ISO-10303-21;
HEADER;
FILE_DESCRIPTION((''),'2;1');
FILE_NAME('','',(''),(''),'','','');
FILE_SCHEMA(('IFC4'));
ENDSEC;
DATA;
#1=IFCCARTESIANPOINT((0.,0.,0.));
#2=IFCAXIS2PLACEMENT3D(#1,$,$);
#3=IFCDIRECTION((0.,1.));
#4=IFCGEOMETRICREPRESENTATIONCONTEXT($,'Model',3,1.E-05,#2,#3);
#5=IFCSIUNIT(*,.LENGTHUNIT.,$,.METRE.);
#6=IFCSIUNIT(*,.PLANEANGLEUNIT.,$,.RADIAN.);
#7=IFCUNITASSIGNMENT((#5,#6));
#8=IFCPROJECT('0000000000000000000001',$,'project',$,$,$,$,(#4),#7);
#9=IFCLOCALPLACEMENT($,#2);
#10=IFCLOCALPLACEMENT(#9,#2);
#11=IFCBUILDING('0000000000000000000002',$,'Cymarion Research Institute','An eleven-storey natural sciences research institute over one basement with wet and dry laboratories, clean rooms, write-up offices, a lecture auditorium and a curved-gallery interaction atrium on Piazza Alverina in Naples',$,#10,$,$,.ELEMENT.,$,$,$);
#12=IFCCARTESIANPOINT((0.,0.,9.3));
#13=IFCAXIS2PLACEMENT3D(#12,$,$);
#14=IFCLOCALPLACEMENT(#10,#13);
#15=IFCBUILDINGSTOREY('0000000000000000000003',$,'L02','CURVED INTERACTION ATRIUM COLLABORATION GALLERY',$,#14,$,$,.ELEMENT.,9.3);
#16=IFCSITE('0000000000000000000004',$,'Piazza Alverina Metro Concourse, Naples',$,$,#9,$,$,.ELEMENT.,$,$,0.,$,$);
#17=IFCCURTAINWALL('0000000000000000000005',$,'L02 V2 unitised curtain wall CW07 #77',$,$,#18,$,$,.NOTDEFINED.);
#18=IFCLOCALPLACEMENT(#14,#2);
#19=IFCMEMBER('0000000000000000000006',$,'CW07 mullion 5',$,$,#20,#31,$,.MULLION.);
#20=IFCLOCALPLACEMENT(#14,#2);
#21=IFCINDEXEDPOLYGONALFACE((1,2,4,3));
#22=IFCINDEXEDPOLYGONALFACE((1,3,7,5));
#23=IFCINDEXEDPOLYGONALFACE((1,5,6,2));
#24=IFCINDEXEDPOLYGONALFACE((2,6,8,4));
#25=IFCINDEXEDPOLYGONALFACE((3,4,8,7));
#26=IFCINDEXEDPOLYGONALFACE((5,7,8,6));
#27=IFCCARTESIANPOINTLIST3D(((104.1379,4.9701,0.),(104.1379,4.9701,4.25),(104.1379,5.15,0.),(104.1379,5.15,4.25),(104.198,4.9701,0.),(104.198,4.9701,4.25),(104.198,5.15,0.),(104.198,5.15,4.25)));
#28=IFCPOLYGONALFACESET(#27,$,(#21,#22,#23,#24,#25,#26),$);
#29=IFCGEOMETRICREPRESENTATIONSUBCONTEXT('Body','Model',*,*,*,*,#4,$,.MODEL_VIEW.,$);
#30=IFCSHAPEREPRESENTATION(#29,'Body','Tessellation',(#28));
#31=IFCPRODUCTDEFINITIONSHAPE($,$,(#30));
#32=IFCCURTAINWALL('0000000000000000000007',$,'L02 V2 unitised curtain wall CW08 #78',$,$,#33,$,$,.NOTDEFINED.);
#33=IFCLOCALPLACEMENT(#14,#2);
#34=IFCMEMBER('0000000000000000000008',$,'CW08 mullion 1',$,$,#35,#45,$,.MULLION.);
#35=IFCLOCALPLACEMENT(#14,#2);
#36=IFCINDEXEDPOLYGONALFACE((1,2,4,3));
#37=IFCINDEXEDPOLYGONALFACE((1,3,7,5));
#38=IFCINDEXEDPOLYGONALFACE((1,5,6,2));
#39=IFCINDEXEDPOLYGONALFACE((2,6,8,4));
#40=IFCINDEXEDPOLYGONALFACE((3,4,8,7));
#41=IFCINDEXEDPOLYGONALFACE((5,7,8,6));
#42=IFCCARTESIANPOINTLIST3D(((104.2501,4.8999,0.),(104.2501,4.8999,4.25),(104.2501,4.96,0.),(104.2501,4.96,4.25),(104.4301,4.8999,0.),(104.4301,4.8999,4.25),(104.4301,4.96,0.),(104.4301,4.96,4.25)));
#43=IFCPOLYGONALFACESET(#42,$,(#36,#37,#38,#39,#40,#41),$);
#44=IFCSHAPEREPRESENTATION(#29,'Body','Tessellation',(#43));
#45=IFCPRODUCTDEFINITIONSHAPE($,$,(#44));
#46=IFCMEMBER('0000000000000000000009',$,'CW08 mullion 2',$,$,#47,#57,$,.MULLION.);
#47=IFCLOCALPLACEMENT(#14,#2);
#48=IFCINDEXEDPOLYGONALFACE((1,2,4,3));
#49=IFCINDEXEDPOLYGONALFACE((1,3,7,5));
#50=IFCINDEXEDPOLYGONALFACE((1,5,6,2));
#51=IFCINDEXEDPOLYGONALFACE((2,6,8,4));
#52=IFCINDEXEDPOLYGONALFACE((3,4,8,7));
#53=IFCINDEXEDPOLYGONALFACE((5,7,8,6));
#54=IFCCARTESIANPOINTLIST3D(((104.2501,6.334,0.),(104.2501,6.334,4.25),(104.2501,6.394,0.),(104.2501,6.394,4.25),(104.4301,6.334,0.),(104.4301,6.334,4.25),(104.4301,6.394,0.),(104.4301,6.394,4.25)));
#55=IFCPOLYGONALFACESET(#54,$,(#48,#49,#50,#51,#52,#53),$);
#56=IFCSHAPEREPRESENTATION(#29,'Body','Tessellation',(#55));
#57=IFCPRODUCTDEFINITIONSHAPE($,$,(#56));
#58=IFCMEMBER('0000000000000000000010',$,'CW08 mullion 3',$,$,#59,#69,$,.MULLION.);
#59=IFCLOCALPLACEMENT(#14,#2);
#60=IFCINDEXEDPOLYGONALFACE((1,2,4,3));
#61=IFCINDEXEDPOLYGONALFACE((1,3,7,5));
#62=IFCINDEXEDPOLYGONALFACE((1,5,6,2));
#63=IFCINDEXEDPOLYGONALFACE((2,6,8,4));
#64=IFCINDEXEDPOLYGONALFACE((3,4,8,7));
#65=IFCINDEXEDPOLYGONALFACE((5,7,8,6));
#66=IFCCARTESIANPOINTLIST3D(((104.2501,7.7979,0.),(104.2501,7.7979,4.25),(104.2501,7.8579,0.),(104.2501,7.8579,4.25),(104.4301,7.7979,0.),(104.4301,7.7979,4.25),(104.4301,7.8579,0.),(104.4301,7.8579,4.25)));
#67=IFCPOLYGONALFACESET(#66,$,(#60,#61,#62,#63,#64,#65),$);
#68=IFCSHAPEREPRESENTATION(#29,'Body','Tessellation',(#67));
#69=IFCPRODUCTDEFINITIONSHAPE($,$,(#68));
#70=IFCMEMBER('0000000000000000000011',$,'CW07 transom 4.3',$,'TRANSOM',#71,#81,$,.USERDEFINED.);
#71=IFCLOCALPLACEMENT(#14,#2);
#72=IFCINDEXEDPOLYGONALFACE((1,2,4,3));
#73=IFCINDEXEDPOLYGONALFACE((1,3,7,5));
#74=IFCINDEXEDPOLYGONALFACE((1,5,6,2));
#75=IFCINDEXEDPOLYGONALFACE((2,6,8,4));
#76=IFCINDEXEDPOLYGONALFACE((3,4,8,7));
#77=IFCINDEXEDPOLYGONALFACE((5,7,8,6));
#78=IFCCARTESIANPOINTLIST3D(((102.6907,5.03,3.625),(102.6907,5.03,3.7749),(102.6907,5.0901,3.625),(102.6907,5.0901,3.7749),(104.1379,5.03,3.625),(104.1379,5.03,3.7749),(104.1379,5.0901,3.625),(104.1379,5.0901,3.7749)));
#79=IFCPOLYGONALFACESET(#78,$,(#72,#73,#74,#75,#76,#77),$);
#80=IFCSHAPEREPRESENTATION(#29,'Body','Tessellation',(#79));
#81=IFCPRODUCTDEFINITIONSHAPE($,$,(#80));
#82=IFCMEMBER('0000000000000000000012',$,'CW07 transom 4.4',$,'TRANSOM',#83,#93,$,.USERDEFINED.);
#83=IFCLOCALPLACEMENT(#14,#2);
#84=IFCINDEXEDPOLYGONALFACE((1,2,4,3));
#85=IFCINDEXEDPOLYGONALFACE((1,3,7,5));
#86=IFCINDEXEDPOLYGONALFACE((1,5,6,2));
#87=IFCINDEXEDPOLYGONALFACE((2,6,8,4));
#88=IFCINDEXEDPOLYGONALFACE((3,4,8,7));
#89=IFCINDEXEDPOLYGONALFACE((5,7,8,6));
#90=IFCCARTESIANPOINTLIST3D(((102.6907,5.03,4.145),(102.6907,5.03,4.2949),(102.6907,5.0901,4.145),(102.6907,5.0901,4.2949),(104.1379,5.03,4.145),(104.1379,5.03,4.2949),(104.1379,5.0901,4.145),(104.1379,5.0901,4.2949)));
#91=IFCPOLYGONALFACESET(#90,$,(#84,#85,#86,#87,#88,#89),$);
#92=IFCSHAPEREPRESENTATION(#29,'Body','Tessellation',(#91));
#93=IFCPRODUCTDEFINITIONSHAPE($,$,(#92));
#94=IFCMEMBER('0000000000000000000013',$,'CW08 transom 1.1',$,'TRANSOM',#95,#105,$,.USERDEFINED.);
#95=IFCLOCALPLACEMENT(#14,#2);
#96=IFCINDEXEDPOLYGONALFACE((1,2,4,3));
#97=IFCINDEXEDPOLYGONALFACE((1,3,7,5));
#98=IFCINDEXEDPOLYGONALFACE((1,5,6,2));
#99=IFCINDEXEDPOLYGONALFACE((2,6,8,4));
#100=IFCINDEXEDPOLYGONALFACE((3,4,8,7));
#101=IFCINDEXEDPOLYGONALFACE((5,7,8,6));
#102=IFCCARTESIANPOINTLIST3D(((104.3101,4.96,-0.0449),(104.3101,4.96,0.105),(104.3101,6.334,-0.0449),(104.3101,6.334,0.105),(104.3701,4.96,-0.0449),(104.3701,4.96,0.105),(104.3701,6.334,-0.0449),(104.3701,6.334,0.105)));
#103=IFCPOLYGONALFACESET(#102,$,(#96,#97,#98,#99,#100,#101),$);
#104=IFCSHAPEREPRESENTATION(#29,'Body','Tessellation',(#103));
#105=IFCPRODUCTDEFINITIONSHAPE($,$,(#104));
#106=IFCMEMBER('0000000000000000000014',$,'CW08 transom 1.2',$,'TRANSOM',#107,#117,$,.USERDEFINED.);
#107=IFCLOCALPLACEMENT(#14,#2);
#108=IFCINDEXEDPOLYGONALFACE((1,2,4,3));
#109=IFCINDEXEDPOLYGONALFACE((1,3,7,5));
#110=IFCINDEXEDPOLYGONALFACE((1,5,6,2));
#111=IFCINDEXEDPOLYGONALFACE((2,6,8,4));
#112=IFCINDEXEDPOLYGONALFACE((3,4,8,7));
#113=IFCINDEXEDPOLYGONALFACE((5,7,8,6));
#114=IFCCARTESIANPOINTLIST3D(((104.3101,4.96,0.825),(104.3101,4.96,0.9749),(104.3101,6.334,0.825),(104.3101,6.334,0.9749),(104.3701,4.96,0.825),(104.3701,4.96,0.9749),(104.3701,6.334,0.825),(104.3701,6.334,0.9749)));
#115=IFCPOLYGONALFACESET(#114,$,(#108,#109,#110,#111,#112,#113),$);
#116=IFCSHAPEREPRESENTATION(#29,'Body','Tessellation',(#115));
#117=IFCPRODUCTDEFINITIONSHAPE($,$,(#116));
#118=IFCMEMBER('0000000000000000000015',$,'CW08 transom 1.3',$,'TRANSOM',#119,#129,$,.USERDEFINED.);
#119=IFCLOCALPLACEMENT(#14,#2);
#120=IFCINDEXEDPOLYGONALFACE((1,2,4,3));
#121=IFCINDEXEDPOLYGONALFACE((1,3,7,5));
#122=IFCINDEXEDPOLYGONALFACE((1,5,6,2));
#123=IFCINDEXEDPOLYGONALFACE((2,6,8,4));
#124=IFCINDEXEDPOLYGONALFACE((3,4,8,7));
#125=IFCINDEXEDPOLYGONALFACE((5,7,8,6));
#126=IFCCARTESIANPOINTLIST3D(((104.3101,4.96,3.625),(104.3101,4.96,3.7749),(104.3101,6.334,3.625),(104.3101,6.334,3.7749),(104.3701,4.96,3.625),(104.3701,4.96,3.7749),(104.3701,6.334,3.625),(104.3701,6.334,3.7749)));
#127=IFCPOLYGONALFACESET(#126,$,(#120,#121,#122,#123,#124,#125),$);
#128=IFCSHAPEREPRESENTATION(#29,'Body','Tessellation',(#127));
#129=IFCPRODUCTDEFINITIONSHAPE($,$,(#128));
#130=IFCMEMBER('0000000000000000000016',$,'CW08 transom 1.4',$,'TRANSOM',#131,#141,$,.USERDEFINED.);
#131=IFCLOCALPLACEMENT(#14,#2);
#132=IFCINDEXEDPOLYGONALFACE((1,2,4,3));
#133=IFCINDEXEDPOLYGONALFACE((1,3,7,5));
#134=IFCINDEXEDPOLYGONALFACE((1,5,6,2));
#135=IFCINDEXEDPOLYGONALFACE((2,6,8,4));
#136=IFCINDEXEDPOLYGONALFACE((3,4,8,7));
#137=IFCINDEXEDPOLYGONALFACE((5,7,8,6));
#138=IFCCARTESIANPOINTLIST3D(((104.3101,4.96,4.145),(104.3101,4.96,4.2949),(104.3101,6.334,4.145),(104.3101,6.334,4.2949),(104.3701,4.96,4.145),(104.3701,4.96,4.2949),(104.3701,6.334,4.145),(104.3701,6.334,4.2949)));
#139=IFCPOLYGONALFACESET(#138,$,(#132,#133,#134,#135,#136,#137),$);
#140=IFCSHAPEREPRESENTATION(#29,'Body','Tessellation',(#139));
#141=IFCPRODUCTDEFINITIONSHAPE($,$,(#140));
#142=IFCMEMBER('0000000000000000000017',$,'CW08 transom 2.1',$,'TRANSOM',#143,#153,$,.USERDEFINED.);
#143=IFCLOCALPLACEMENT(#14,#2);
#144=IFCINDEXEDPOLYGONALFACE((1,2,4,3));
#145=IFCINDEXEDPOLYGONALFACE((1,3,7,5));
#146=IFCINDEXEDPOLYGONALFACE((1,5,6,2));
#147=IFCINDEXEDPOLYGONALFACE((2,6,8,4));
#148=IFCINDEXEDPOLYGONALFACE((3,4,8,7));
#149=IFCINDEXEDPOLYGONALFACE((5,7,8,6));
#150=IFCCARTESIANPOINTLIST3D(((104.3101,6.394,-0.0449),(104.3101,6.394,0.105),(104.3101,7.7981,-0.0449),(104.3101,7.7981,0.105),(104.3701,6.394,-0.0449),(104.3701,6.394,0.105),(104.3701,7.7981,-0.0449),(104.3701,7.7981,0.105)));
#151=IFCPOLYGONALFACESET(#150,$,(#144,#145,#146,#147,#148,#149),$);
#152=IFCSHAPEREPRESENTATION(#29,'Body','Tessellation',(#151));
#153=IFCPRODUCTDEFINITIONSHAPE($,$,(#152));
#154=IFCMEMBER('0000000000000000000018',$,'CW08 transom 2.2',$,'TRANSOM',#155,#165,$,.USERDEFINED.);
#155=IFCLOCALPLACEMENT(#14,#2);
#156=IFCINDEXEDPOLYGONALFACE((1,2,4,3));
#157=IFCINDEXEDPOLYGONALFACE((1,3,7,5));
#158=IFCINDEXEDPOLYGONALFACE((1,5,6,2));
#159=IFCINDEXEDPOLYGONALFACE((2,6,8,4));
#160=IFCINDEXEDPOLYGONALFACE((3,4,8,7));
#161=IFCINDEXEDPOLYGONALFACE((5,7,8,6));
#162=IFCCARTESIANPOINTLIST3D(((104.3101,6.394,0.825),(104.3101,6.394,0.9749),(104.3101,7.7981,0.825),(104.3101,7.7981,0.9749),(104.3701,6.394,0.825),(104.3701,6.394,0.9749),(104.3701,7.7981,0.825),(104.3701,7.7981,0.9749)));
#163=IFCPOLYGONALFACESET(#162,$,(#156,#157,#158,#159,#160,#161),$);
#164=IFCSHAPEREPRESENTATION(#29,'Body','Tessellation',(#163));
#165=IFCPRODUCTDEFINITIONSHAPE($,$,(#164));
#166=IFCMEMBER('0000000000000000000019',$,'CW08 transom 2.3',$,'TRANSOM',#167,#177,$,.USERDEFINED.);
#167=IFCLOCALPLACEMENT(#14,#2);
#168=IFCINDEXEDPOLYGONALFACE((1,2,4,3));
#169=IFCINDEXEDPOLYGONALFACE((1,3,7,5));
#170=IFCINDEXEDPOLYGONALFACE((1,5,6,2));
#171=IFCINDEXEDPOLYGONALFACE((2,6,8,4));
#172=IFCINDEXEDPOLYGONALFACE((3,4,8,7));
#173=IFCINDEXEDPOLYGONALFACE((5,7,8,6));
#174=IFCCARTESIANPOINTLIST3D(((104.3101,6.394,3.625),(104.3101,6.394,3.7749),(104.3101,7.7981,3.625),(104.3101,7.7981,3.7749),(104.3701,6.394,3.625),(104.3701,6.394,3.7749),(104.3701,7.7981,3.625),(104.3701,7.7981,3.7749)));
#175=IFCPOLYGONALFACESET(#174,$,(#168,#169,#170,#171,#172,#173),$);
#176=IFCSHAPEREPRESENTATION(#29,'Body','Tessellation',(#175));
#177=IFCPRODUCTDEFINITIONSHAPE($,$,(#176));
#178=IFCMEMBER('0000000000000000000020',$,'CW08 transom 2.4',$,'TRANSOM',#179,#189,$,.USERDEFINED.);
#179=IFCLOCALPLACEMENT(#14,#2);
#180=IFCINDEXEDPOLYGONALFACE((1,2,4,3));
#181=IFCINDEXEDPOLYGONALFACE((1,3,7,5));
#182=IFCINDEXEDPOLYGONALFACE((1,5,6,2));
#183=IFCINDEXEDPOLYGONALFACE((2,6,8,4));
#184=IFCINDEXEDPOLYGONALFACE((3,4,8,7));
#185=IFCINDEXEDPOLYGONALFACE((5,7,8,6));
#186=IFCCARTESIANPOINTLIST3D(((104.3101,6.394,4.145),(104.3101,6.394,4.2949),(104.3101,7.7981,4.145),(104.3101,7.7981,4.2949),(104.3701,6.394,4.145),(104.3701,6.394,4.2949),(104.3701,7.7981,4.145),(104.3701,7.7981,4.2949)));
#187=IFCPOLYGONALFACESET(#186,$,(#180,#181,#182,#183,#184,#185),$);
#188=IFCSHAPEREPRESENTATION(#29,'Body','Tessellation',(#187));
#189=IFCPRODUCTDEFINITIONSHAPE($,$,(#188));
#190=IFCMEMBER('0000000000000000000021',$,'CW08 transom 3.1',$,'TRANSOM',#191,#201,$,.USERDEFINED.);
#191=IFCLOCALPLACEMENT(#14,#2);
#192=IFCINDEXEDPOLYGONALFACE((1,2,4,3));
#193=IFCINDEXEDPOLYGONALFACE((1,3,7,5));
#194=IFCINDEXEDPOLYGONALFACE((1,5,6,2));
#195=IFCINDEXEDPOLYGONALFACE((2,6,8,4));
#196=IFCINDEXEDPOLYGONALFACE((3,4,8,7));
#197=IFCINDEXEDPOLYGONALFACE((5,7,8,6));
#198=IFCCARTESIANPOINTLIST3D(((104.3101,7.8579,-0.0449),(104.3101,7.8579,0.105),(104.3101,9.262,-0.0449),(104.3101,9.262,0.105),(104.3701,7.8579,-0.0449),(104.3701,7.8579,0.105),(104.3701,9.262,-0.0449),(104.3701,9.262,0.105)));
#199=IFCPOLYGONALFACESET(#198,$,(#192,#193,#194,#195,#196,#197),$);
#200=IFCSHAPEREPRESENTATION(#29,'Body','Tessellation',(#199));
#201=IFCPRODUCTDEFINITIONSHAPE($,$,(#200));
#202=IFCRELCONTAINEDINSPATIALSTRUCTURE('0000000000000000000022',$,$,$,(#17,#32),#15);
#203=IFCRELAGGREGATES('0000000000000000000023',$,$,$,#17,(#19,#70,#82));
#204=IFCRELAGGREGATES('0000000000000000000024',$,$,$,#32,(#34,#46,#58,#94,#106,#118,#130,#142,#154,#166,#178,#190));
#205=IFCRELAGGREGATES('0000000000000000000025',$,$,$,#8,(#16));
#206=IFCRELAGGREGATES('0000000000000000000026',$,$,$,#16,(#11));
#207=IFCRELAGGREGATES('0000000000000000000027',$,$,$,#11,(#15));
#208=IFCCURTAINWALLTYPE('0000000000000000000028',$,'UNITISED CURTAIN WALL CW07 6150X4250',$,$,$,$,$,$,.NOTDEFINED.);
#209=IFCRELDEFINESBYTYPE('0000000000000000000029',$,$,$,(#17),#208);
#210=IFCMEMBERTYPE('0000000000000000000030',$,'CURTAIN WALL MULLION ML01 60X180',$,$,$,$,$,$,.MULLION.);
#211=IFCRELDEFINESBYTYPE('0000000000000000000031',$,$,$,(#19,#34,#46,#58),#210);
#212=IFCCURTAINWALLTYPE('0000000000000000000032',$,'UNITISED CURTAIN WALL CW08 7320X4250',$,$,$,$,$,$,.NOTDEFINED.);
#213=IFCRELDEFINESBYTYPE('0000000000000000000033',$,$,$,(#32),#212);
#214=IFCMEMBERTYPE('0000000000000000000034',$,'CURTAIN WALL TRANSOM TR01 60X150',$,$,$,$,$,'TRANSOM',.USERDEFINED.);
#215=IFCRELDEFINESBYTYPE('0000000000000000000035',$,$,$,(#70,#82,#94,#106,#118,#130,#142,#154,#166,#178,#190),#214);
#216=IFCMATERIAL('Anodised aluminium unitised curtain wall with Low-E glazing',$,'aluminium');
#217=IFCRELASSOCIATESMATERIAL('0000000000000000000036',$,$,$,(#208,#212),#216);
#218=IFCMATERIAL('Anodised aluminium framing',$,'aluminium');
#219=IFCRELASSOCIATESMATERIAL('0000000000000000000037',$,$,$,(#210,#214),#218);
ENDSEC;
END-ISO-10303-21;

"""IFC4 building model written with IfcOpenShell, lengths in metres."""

from ifc_helpers import new_model, si_unit, direction, frame, origin, origin_2d, place, context, subcontext, project, spatial, rectangle, extrude, material, material_profile, profile_set, type_object, element, aggregate, save


model = new_model("IFC4")

# Units and contexts
model_context = context("Model", 3, precision=1e-05, world=origin(), true_north=direction((0.0, 1.0)))
body_context = subcontext(model_context, "Body", "Model", "MODEL_VIEW")
ifc_project = project(units=[si_unit("LENGTHUNIT", "METRE"), si_unit("PLANEANGLEUNIT", "RADIAN")], contexts=[model_context])

# Site, building, storey
site_placement = place(None, origin())
site = spatial("IfcSite", under=ifc_project, at=site_placement, Name="Piazza Alverina Metro Concourse, Naples", CompositionType="ELEMENT", RefElevation=0.0)
building_placement = place(site_placement, origin())
building = spatial("IfcBuilding", under=site, at=building_placement, Name="Cymarion Research Institute", Description="An eleven-storey natural sciences research institute over one basement with wet and dry laboratories, clean rooms, write-up offices, a lecture auditorium and a curved-gallery interaction atrium on Piazza Alverina in Naples", CompositionType="ELEMENT")
storey_placement = place(building_placement, frame((0.0, 0.0, 9.3)))
storey = spatial("IfcBuildingStorey", under=building, at=storey_placement, Name="L02", Description="CURVED INTERACTION ATRIUM COLLABORATION GALLERY", CompositionType="ELEMENT", Elevation=9.3)

# Curtain wall, member
ifc_material_1 = material(Name="Anodised aluminium unitised curtain wall with Low-E glazing", Category="aluminium")
curtain_wall_type_1 = type_object("IfcCurtainWallType", Name="UNITISED CURTAIN WALL CW07 6150X4250", PredefinedType="NOTDEFINED", material=ifc_material_1)
curtain_wall_1_placement = place(storey_placement, origin())
curtain_wall_1 = element("IfcCurtainWall", 1, at=curtain_wall_1_placement, inside=storey, type_object=curtain_wall_type_1, Name="L02 V2 unitised curtain wall CW07 #77", PredefinedType="NOTDEFINED")
ifc_material_2 = material(Name="Anodised aluminium framing", Category="aluminium")
ifc_material_profile_1 = material_profile(ifc_material_2, rectangle(XDim=0.0601, YDim=0.1799, at=origin_2d()), Name="ALU MULLION 60x180")
ifc_profile_set_1 = profile_set([ifc_material_profile_1], Name="Anodised aluminium framing")
member_type_1 = type_object("IfcMemberType", Name="CURTAIN WALL MULLION ML01 60X180", PredefinedType="MULLION", material=ifc_profile_set_1)
member_1_placement = place(storey_placement, frame((104.168, 5.0601, 0.0), z_axis=(0.0, 0.0, 1.0), x_axis=(1.0, 0.0, 0.0)))
member_1 = element("IfcMember", 2, at=member_1_placement, type_object=member_type_1, Name="CW07 mullion 5", PredefinedType="MULLION", context=body_context, shape_type="SweptSolid", body=[
    extrude(rectangle(XDim=0.0601, YDim=0.1799, at=origin_2d()), origin(), (0.0, 0.0, 1.0), 4.25),
])

# Curtain wall, members
curtain_wall_type_2 = type_object("IfcCurtainWallType", Name="UNITISED CURTAIN WALL CW08 7320X4250", PredefinedType="NOTDEFINED", material=ifc_material_1)
curtain_wall_2_placement = place(storey_placement, origin())
curtain_wall_2 = element("IfcCurtainWall", 3, at=curtain_wall_2_placement, inside=storey, type_object=curtain_wall_type_2, Name="L02 V2 unitised curtain wall CW08 #78", PredefinedType="NOTDEFINED")
member_2_placement = place(storey_placement, frame((104.3401, 4.9299, 0.0), z_axis=(0.0, 0.0, 1.0), x_axis=(0.0, 1.0, 0.0)))
member_2 = element("IfcMember", 4, at=member_2_placement, type_object=member_type_1, Name="CW08 mullion 1", PredefinedType="MULLION", context=body_context, shape_type="SweptSolid", body=[
    extrude(rectangle(XDim=0.0601, YDim=0.1799, at=origin_2d()), origin(), (0.0, 0.0, 1.0), 4.25),
])
member_3_placement = place(storey_placement, frame((104.3401, 6.364, 0.0), z_axis=(0.0, 0.0, 1.0), x_axis=(0.0, 1.0, 0.0)))
member_3 = element("IfcMember", 5, at=member_3_placement, type_object=member_type_1, Name="CW08 mullion 2", PredefinedType="MULLION", context=body_context, shape_type="SweptSolid", body=[
    extrude(rectangle(XDim=0.0601, YDim=0.1799, at=origin_2d()), origin(), (0.0, 0.0, 1.0), 4.25),
])
member_4_placement = place(storey_placement, frame((104.3401, 7.8279, 0.0), z_axis=(0.0, 0.0, 1.0), x_axis=(0.0, 1.0, 0.0)))
member_4 = element("IfcMember", 6, at=member_4_placement, type_object=member_type_1, Name="CW08 mullion 3", PredefinedType="MULLION", context=body_context, shape_type="SweptSolid", body=[
    extrude(rectangle(XDim=0.0601, YDim=0.1799, at=origin_2d()), origin(), (0.0, 0.0, 1.0), 4.25),
])

# Members
ifc_material_profile_2 = material_profile(ifc_material_2, rectangle(XDim=0.0601, YDim=0.1499, at=origin_2d()), Name="ALU TRANSOM 60x150")
ifc_profile_set_2 = profile_set([ifc_material_profile_2], Name="Anodised aluminium framing")
member_type_2 = type_object("IfcMemberType", Name="CURTAIN WALL TRANSOM TR01 60X150", ElementType="TRANSOM", PredefinedType="USERDEFINED", material=ifc_profile_set_2)
member_5_placement = place(storey_placement, frame((102.6907, 5.0601, 3.7), z_axis=(1.0, 0.0, 0.0), x_axis=(0.0, 1.0, 0.0)))
member_5 = element("IfcMember", 7, at=member_5_placement, type_object=member_type_2, Name="CW07 transom 4.3", ObjectType="TRANSOM", PredefinedType="USERDEFINED", context=body_context, shape_type="SweptSolid", body=[
    extrude(rectangle(XDim=0.0601, YDim=0.1499, at=origin_2d()), origin(), (0.0, 0.0, 1.0), 1.4473),
])
member_6_placement = place(storey_placement, frame((102.6907, 5.0601, 4.22), z_axis=(1.0, 0.0, 0.0), x_axis=(0.0, 1.0, 0.0)))
member_6 = element("IfcMember", 8, at=member_6_placement, type_object=member_type_2, Name="CW07 transom 4.4", ObjectType="TRANSOM", PredefinedType="USERDEFINED", context=body_context, shape_type="SweptSolid", body=[
    extrude(rectangle(XDim=0.0601, YDim=0.1499, at=origin_2d()), origin(), (0.0, 0.0, 1.0), 1.4473),
])
member_7_placement = place(storey_placement, frame((104.3401, 4.96, 0.03), z_axis=(0.0, 1.0, 0.0), x_axis=(-1.0, 0.0, 0.0)))
member_7 = element("IfcMember", 9, at=member_7_placement, type_object=member_type_2, Name="CW08 transom 1.1", ObjectType="TRANSOM", PredefinedType="USERDEFINED", context=body_context, shape_type="SweptSolid", body=[
    extrude(rectangle(XDim=0.0601, YDim=0.1499, at=origin_2d()), origin(), (0.0, 0.0, 1.0), 1.374),
])
member_8_placement = place(storey_placement, frame((104.3401, 4.96, 0.8999), z_axis=(0.0, 1.0, 0.0), x_axis=(-1.0, 0.0, 0.0)))
member_8 = element("IfcMember", 10, at=member_8_placement, type_object=member_type_2, Name="CW08 transom 1.2", ObjectType="TRANSOM", PredefinedType="USERDEFINED", context=body_context, shape_type="SweptSolid", body=[
    extrude(rectangle(XDim=0.0601, YDim=0.1499, at=origin_2d()), origin(), (0.0, 0.0, 1.0), 1.374),
])
member_9_placement = place(storey_placement, frame((104.3401, 4.96, 3.7), z_axis=(0.0, 1.0, 0.0), x_axis=(-1.0, 0.0, 0.0)))
member_9 = element("IfcMember", 11, at=member_9_placement, type_object=member_type_2, Name="CW08 transom 1.3", ObjectType="TRANSOM", PredefinedType="USERDEFINED", context=body_context, shape_type="SweptSolid", body=[
    extrude(rectangle(XDim=0.0601, YDim=0.1499, at=origin_2d()), origin(), (0.0, 0.0, 1.0), 1.374),
])
member_10_placement = place(storey_placement, frame((104.3401, 4.96, 4.22), z_axis=(0.0, 1.0, 0.0), x_axis=(-1.0, 0.0, 0.0)))
member_10 = element("IfcMember", 12, at=member_10_placement, type_object=member_type_2, Name="CW08 transom 1.4", ObjectType="TRANSOM", PredefinedType="USERDEFINED", context=body_context, shape_type="SweptSolid", body=[
    extrude(rectangle(XDim=0.0601, YDim=0.1499, at=origin_2d()), origin(), (0.0, 0.0, 1.0), 1.374),
])
member_11_placement = place(storey_placement, frame((104.3401, 6.394, 0.03), z_axis=(0.0, 1.0, 0.0), x_axis=(-1.0, 0.0, 0.0)))
member_11 = element("IfcMember", 13, at=member_11_placement, type_object=member_type_2, Name="CW08 transom 2.1", ObjectType="TRANSOM", PredefinedType="USERDEFINED", context=body_context, shape_type="SweptSolid", body=[
    extrude(rectangle(XDim=0.0601, YDim=0.1499, at=origin_2d()), origin(), (0.0, 0.0, 1.0), 1.4041),
])
member_12_placement = place(storey_placement, frame((104.3401, 6.394, 0.8999), z_axis=(0.0, 1.0, 0.0), x_axis=(-1.0, 0.0, 0.0)))
member_12 = element("IfcMember", 14, at=member_12_placement, type_object=member_type_2, Name="CW08 transom 2.2", ObjectType="TRANSOM", PredefinedType="USERDEFINED", context=body_context, shape_type="SweptSolid", body=[
    extrude(rectangle(XDim=0.0601, YDim=0.1499, at=origin_2d()), origin(), (0.0, 0.0, 1.0), 1.4041),
])
member_13_placement = place(storey_placement, frame((104.3401, 6.394, 3.7), z_axis=(0.0, 1.0, 0.0), x_axis=(-1.0, 0.0, 0.0)))
member_13 = element("IfcMember", 15, at=member_13_placement, type_object=member_type_2, Name="CW08 transom 2.3", ObjectType="TRANSOM", PredefinedType="USERDEFINED", context=body_context, shape_type="SweptSolid", body=[
    extrude(rectangle(XDim=0.0601, YDim=0.1499, at=origin_2d()), origin(), (0.0, 0.0, 1.0), 1.4041),
])
member_14_placement = place(storey_placement, frame((104.3401, 6.394, 4.22), z_axis=(0.0, 1.0, 0.0), x_axis=(-1.0, 0.0, 0.0)))
member_14 = element("IfcMember", 16, at=member_14_placement, type_object=member_type_2, Name="CW08 transom 2.4", ObjectType="TRANSOM", PredefinedType="USERDEFINED", context=body_context, shape_type="SweptSolid", body=[
    extrude(rectangle(XDim=0.0601, YDim=0.1499, at=origin_2d()), origin(), (0.0, 0.0, 1.0), 1.4041),
])
member_15_placement = place(storey_placement, frame((104.3401, 7.8579, 0.03), z_axis=(0.0, 1.0, 0.0), x_axis=(-1.0, 0.0, 0.0)))
member_15 = element("IfcMember", 17, at=member_15_placement, type_object=member_type_2, Name="CW08 transom 3.1", ObjectType="TRANSOM", PredefinedType="USERDEFINED", context=body_context, shape_type="SweptSolid", body=[
    extrude(rectangle(XDim=0.0601, YDim=0.1499, at=origin_2d()), origin(), (0.0, 0.0, 1.0), 1.4041),
])

aggregate(curtain_wall_1, [member_1, member_5, member_6])
aggregate(curtain_wall_2, [member_2, member_3, member_4, member_7, member_8, member_9, member_10, member_11, member_12, member_13, member_14, member_15])

save(model, "model.ifc")
